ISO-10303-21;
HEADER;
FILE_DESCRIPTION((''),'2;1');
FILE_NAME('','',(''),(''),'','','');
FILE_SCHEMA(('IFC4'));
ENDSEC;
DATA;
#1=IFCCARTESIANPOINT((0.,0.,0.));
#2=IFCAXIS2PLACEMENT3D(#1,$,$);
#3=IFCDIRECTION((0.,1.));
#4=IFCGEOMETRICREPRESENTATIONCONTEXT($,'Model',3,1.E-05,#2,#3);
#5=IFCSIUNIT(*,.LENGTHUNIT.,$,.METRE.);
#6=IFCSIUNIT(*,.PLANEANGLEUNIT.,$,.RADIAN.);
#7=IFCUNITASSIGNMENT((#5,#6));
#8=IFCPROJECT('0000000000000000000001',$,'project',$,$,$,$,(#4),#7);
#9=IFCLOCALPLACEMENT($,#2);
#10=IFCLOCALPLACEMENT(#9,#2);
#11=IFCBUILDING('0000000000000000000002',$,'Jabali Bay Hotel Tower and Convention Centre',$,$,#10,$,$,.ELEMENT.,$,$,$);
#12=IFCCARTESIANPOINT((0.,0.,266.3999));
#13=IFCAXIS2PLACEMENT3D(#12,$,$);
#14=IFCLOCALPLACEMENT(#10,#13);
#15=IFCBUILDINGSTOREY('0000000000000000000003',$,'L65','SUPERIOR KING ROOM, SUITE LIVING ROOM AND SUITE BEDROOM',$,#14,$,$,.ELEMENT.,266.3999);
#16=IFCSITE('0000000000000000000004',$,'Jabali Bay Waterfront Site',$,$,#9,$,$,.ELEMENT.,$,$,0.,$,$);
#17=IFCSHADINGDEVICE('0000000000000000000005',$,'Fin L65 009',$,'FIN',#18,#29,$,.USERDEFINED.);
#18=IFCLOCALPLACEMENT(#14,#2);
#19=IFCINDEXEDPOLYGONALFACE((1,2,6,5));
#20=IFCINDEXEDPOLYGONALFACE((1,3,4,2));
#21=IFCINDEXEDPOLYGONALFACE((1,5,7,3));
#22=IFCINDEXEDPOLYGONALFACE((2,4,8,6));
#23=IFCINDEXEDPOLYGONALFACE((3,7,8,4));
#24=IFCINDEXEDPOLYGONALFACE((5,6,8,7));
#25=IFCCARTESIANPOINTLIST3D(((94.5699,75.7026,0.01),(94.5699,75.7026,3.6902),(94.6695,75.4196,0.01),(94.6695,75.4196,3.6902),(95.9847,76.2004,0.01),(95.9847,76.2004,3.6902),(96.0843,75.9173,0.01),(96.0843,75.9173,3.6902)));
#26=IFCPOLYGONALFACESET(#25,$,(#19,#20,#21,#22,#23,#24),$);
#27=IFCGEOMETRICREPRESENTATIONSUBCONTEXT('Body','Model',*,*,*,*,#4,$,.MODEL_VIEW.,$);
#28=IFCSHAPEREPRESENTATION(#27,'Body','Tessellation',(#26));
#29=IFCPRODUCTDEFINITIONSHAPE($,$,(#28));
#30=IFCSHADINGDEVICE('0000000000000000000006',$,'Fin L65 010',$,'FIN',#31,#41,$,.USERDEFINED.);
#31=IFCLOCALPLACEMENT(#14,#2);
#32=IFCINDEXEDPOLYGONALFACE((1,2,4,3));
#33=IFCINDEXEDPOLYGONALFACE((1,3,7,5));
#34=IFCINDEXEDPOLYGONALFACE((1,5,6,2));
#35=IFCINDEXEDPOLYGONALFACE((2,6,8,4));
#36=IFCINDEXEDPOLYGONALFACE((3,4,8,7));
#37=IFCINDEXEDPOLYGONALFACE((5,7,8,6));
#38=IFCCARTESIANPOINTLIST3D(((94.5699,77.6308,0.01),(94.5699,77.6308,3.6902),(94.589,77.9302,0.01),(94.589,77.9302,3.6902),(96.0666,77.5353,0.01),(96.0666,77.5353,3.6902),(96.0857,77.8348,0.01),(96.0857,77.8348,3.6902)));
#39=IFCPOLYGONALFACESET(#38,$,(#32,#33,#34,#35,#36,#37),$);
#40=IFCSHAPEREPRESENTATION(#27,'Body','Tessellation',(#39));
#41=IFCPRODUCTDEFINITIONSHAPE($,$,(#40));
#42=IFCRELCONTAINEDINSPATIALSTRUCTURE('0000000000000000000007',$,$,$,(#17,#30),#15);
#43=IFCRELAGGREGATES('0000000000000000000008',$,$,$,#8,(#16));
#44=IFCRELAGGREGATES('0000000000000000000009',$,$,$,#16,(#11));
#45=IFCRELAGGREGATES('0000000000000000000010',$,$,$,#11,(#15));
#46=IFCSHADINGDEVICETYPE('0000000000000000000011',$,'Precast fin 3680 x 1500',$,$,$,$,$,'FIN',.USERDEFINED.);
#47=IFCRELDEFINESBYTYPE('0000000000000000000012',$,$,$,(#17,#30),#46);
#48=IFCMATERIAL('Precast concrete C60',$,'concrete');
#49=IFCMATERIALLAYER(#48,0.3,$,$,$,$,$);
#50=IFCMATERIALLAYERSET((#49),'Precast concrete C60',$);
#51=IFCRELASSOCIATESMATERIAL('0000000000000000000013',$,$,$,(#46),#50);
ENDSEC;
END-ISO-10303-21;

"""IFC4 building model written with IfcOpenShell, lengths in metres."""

from ifc_helpers import new_model, si_unit, direction, frame, frame_2d, origin, place, context, subcontext, project, spatial, rectangle, extrude, material, layer, layer_set, type_object, element, save


model = new_model("IFC4")

# Units and contexts
model_context = context("Model", 3, precision=1e-05, world=origin(), true_north=direction((0.0, 1.0)))
body_context = subcontext(model_context, "Body", "Model", "MODEL_VIEW")
ifc_project = project(units=[si_unit("LENGTHUNIT", "METRE"), si_unit("PLANEANGLEUNIT", "RADIAN")], contexts=[model_context])

# Site, building, storey
site_placement = place(None, origin())
site = spatial("IfcSite", under=ifc_project, at=site_placement, Name="Jabali Bay Waterfront Site", CompositionType="ELEMENT", RefElevation=0.0)
building_placement = place(site_placement, origin())
building = spatial("IfcBuilding", under=site, at=building_placement, Name="Jabali Bay Hotel Tower and Convention Centre", CompositionType="ELEMENT")
storey_placement = place(building_placement, frame((0.0, 0.0, 266.3999)))
storey = spatial("IfcBuildingStorey", under=building, at=storey_placement, Name="L65", Description="SUPERIOR KING ROOM, SUITE LIVING ROOM AND SUITE BEDROOM", CompositionType="ELEMENT", Elevation=266.3999)

# Shading devices
ifc_material_1 = material(Name="Precast concrete C60", Category="concrete")
ifc_layer_1 = layer(ifc_material_1, 0.3)
ifc_layer_set_1 = layer_set([ifc_layer_1], Name="Precast concrete C60")
shading_device_type = type_object("IfcShadingDeviceType", Name="Precast fin 3680 x 1500", ElementType="FIN", PredefinedType="USERDEFINED", material=ifc_layer_set_1)
for number, where, z_axis, x_axis, name in (
    (1, (94.6196, 75.561, 0.01), (0.0, 0.0, 1.0), (0.943311, 0.331909, 0.0), "Fin L65 009"),
    (2, (94.5793, 77.7805, 0.01), (0.0, 0.0, 1.0), (0.997973, -0.063645, 0.0), "Fin L65 010"),
):
    element("IfcShadingDevice", number, at=place(storey_placement, frame(where, z_axis=z_axis, x_axis=x_axis)), inside=storey, type_object=shading_device_type, Name=name, ObjectType="FIN", PredefinedType="USERDEFINED", context=body_context, shape_type="SweptSolid", body=[
        extrude(rectangle(XDim=1.4998, YDim=0.3, at=frame_2d((0.75, 0.0))), origin(), (0.0, 0.0, 1.0), 3.6802),
    ])

save(model, "model.ifc")
